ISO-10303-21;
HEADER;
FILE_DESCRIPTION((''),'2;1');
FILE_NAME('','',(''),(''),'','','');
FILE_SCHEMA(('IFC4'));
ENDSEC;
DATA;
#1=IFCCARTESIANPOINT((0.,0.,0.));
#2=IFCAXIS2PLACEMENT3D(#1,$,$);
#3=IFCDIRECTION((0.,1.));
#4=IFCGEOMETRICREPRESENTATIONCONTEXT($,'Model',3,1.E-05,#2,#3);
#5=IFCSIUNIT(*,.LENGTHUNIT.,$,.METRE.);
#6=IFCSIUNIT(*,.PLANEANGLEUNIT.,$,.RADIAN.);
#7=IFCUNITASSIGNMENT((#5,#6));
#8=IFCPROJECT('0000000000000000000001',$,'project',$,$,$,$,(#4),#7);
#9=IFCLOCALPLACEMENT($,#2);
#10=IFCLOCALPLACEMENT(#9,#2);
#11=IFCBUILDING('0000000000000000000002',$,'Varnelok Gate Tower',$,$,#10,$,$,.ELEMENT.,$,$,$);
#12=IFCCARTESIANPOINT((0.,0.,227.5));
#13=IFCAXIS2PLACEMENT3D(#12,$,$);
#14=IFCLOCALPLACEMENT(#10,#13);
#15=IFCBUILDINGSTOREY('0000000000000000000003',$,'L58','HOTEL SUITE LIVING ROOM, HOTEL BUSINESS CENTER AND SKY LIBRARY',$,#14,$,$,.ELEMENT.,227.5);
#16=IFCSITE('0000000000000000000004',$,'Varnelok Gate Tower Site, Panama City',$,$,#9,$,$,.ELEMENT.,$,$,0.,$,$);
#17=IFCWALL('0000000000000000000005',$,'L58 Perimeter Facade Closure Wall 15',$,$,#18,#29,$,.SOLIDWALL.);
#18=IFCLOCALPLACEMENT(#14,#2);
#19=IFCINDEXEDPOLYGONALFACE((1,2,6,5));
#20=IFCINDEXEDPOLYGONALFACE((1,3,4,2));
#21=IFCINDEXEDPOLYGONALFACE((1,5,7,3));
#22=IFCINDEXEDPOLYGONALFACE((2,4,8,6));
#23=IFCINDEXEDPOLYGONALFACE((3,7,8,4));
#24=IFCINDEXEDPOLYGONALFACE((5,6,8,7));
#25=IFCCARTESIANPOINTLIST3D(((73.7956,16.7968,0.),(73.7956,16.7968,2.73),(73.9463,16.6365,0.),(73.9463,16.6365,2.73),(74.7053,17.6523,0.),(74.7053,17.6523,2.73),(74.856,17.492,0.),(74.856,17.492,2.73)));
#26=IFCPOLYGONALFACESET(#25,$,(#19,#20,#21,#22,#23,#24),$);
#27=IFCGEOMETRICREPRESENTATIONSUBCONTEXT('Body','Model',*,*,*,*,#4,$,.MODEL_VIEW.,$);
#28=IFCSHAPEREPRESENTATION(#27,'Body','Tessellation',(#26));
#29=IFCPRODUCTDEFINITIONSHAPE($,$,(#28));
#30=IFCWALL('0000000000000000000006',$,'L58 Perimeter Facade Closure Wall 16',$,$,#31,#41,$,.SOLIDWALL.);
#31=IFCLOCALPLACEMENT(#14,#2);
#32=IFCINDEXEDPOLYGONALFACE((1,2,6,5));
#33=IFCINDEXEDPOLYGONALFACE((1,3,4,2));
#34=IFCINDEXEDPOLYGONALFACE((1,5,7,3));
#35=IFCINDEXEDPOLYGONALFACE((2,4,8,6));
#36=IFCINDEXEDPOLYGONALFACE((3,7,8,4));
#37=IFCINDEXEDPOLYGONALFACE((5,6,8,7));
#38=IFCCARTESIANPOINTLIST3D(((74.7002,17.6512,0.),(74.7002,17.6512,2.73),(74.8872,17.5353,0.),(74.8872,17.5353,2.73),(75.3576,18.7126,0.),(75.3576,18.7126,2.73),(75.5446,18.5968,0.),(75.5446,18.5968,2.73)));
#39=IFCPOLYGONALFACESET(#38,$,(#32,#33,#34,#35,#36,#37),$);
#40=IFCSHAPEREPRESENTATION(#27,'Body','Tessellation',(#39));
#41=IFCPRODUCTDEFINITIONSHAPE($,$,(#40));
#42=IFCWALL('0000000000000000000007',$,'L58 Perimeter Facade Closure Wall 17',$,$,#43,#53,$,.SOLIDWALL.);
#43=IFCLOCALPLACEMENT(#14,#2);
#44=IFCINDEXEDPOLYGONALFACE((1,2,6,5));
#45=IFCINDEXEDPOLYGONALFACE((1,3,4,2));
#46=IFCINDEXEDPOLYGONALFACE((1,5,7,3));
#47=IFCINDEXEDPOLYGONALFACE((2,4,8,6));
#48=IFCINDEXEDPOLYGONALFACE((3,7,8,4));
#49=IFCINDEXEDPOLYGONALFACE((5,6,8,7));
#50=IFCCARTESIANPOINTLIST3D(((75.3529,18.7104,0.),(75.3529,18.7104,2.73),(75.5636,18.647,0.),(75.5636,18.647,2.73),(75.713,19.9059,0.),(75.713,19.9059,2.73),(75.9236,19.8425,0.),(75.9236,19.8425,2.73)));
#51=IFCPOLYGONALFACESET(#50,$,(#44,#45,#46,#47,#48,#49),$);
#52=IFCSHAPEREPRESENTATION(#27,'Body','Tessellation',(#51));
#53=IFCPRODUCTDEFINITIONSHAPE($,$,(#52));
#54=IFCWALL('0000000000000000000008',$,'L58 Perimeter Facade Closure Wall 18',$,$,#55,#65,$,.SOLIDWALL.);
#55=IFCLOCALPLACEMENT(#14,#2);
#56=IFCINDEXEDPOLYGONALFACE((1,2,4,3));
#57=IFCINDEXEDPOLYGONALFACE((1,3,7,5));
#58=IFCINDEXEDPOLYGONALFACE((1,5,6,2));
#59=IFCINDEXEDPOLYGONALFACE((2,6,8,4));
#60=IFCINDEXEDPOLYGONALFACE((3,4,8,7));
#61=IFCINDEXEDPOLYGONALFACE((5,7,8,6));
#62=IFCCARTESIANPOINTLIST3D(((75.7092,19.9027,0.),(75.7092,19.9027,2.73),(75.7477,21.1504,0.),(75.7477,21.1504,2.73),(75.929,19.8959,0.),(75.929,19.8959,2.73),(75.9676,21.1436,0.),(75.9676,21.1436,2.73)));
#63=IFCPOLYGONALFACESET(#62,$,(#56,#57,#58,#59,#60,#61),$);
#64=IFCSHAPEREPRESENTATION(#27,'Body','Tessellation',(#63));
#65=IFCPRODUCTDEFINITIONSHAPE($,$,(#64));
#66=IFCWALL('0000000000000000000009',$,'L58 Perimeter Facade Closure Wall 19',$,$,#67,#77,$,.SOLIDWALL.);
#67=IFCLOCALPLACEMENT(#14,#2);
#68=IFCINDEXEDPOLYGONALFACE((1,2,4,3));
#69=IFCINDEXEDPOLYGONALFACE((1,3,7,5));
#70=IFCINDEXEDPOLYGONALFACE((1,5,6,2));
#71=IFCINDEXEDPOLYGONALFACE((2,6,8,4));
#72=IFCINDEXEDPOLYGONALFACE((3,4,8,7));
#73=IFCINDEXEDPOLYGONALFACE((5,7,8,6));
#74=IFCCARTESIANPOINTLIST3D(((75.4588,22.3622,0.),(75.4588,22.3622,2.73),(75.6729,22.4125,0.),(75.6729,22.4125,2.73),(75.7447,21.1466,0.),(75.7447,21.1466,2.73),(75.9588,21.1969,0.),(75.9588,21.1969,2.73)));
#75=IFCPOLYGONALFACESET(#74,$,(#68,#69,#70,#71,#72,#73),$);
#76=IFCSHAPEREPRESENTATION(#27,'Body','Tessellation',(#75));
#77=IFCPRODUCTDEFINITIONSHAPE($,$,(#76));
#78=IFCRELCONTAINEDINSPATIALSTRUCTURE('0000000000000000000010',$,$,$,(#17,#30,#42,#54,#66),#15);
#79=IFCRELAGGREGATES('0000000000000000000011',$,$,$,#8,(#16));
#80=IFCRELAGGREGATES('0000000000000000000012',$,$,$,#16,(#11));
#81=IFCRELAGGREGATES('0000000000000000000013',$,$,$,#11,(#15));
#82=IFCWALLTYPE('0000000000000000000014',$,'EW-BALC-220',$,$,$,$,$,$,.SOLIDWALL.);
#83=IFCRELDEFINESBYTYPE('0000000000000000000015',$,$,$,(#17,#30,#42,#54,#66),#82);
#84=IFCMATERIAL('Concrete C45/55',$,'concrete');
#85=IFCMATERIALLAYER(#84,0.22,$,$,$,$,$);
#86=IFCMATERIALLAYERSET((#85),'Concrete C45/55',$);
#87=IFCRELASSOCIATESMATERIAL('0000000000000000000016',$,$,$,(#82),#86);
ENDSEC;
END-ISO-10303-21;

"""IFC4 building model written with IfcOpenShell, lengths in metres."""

from ifc_helpers import new_model, si_unit, direction, frame, frame_2d, origin, place, context, subcontext, project, spatial, rectangle, extrude, material, layer, layer_set, type_object, element, save


model = new_model("IFC4")

# Units and contexts
model_context = context("Model", 3, precision=1e-05, world=origin(), true_north=direction((0.0, 1.0)))
body_context = subcontext(model_context, "Body", "Model", "MODEL_VIEW")
ifc_project = project(units=[si_unit("LENGTHUNIT", "METRE"), si_unit("PLANEANGLEUNIT", "RADIAN")], contexts=[model_context])

# Site, building, storey
site_placement = place(None, origin())
site = spatial("IfcSite", under=ifc_project, at=site_placement, Name="Varnelok Gate Tower Site, Panama City", CompositionType="ELEMENT", RefElevation=0.0)
building_placement = place(site_placement, origin())
building = spatial("IfcBuilding", under=site, at=building_placement, Name="Varnelok Gate Tower", CompositionType="ELEMENT")
storey_placement = place(building_placement, frame((0.0, 0.0, 227.5)))
storey = spatial("IfcBuildingStorey", under=building, at=storey_placement, Name="L58", Description="HOTEL SUITE LIVING ROOM, HOTEL BUSINESS CENTER AND SKY LIBRARY", CompositionType="ELEMENT", Elevation=227.5)

# Walls
ifc_material_1 = material(Name="Concrete C45/55", Category="concrete")
ifc_layer_1 = layer(ifc_material_1, 0.22)
ifc_layer_set_1 = layer_set([ifc_layer_1], Name="Concrete C45/55")
wall_type = type_object("IfcWallType", Name="EW-BALC-220", PredefinedType="SOLIDWALL", material=ifc_layer_set_1)
wall_1_placement = place(storey_placement, frame((73.8708, 16.7166, 0.0), z_axis=(0.0, 0.0, 1.0), x_axis=(0.728475, 0.685072, 0.0)))
element("IfcWall", 1, at=wall_1_placement, inside=storey, type_object=wall_type, Name="L58 Perimeter Facade Closure Wall 15", PredefinedType="SOLIDWALL", context=body_context, shape_type="SweptSolid", body=[
    extrude(rectangle(XDim=1.2488, YDim=0.22, at=frame_2d((0.6245, 0.0))), origin(), (0.0, 0.0, 1.0), 2.73),
])
for number, where, z_axis, x_axis, name in (
    (2, (74.7937, 17.5933, 0.0), (0.0, 0.0, 1.0), (0.52655, 0.850144, 0.0), "L58 Perimeter Facade Closure Wall 16"),
    (3, (75.4583, 18.6787, 0.0), (0.0, 0.0, 1.0), (0.288406, 0.957508, 0.0), "L58 Perimeter Facade Closure Wall 17"),
):
    element("IfcWall", number, at=place(storey_placement, frame(where, z_axis=z_axis, x_axis=x_axis)), inside=storey, type_object=wall_type, Name=name, PredefinedType="SOLIDWALL", context=body_context, shape_type="SweptSolid", body=[
        extrude(rectangle(XDim=1.2485, YDim=0.22, at=frame_2d((0.6243, 0.0))), origin(), (0.0, 0.0, 1.0), 2.73),
    ])
wall_2_placement = place(storey_placement, frame((75.8191, 19.8994, 0.0), z_axis=(0.0, 0.0, 1.0), x_axis=(0.030899, 0.999523, 0.0)))
element("IfcWall", 4, at=wall_2_placement, inside=storey, type_object=wall_type, Name="L58 Perimeter Facade Closure Wall 18", PredefinedType="SOLIDWALL", context=body_context, shape_type="SweptSolid", body=[
    extrude(rectangle(XDim=1.2483, YDim=0.22, at=frame_2d((0.624, 0.0))), origin(), (0.0, 0.0, 1.0), 2.73),
])
wall_3_placement = place(storey_placement, frame((75.8518, 21.1716, 0.0), z_axis=(0.0, 0.0, 1.0), x_axis=(-0.228941, 0.97344, 0.0)))
element("IfcWall", 5, at=wall_3_placement, inside=storey, type_object=wall_type, Name="L58 Perimeter Facade Closure Wall 19", PredefinedType="SOLIDWALL", context=body_context, shape_type="SweptSolid", body=[
    extrude(rectangle(XDim=1.2488, YDim=0.22, at=frame_2d((0.6245, 0.0))), origin(), (0.0, 0.0, 1.0), 2.73),
])

save(model, "model.ifc")
